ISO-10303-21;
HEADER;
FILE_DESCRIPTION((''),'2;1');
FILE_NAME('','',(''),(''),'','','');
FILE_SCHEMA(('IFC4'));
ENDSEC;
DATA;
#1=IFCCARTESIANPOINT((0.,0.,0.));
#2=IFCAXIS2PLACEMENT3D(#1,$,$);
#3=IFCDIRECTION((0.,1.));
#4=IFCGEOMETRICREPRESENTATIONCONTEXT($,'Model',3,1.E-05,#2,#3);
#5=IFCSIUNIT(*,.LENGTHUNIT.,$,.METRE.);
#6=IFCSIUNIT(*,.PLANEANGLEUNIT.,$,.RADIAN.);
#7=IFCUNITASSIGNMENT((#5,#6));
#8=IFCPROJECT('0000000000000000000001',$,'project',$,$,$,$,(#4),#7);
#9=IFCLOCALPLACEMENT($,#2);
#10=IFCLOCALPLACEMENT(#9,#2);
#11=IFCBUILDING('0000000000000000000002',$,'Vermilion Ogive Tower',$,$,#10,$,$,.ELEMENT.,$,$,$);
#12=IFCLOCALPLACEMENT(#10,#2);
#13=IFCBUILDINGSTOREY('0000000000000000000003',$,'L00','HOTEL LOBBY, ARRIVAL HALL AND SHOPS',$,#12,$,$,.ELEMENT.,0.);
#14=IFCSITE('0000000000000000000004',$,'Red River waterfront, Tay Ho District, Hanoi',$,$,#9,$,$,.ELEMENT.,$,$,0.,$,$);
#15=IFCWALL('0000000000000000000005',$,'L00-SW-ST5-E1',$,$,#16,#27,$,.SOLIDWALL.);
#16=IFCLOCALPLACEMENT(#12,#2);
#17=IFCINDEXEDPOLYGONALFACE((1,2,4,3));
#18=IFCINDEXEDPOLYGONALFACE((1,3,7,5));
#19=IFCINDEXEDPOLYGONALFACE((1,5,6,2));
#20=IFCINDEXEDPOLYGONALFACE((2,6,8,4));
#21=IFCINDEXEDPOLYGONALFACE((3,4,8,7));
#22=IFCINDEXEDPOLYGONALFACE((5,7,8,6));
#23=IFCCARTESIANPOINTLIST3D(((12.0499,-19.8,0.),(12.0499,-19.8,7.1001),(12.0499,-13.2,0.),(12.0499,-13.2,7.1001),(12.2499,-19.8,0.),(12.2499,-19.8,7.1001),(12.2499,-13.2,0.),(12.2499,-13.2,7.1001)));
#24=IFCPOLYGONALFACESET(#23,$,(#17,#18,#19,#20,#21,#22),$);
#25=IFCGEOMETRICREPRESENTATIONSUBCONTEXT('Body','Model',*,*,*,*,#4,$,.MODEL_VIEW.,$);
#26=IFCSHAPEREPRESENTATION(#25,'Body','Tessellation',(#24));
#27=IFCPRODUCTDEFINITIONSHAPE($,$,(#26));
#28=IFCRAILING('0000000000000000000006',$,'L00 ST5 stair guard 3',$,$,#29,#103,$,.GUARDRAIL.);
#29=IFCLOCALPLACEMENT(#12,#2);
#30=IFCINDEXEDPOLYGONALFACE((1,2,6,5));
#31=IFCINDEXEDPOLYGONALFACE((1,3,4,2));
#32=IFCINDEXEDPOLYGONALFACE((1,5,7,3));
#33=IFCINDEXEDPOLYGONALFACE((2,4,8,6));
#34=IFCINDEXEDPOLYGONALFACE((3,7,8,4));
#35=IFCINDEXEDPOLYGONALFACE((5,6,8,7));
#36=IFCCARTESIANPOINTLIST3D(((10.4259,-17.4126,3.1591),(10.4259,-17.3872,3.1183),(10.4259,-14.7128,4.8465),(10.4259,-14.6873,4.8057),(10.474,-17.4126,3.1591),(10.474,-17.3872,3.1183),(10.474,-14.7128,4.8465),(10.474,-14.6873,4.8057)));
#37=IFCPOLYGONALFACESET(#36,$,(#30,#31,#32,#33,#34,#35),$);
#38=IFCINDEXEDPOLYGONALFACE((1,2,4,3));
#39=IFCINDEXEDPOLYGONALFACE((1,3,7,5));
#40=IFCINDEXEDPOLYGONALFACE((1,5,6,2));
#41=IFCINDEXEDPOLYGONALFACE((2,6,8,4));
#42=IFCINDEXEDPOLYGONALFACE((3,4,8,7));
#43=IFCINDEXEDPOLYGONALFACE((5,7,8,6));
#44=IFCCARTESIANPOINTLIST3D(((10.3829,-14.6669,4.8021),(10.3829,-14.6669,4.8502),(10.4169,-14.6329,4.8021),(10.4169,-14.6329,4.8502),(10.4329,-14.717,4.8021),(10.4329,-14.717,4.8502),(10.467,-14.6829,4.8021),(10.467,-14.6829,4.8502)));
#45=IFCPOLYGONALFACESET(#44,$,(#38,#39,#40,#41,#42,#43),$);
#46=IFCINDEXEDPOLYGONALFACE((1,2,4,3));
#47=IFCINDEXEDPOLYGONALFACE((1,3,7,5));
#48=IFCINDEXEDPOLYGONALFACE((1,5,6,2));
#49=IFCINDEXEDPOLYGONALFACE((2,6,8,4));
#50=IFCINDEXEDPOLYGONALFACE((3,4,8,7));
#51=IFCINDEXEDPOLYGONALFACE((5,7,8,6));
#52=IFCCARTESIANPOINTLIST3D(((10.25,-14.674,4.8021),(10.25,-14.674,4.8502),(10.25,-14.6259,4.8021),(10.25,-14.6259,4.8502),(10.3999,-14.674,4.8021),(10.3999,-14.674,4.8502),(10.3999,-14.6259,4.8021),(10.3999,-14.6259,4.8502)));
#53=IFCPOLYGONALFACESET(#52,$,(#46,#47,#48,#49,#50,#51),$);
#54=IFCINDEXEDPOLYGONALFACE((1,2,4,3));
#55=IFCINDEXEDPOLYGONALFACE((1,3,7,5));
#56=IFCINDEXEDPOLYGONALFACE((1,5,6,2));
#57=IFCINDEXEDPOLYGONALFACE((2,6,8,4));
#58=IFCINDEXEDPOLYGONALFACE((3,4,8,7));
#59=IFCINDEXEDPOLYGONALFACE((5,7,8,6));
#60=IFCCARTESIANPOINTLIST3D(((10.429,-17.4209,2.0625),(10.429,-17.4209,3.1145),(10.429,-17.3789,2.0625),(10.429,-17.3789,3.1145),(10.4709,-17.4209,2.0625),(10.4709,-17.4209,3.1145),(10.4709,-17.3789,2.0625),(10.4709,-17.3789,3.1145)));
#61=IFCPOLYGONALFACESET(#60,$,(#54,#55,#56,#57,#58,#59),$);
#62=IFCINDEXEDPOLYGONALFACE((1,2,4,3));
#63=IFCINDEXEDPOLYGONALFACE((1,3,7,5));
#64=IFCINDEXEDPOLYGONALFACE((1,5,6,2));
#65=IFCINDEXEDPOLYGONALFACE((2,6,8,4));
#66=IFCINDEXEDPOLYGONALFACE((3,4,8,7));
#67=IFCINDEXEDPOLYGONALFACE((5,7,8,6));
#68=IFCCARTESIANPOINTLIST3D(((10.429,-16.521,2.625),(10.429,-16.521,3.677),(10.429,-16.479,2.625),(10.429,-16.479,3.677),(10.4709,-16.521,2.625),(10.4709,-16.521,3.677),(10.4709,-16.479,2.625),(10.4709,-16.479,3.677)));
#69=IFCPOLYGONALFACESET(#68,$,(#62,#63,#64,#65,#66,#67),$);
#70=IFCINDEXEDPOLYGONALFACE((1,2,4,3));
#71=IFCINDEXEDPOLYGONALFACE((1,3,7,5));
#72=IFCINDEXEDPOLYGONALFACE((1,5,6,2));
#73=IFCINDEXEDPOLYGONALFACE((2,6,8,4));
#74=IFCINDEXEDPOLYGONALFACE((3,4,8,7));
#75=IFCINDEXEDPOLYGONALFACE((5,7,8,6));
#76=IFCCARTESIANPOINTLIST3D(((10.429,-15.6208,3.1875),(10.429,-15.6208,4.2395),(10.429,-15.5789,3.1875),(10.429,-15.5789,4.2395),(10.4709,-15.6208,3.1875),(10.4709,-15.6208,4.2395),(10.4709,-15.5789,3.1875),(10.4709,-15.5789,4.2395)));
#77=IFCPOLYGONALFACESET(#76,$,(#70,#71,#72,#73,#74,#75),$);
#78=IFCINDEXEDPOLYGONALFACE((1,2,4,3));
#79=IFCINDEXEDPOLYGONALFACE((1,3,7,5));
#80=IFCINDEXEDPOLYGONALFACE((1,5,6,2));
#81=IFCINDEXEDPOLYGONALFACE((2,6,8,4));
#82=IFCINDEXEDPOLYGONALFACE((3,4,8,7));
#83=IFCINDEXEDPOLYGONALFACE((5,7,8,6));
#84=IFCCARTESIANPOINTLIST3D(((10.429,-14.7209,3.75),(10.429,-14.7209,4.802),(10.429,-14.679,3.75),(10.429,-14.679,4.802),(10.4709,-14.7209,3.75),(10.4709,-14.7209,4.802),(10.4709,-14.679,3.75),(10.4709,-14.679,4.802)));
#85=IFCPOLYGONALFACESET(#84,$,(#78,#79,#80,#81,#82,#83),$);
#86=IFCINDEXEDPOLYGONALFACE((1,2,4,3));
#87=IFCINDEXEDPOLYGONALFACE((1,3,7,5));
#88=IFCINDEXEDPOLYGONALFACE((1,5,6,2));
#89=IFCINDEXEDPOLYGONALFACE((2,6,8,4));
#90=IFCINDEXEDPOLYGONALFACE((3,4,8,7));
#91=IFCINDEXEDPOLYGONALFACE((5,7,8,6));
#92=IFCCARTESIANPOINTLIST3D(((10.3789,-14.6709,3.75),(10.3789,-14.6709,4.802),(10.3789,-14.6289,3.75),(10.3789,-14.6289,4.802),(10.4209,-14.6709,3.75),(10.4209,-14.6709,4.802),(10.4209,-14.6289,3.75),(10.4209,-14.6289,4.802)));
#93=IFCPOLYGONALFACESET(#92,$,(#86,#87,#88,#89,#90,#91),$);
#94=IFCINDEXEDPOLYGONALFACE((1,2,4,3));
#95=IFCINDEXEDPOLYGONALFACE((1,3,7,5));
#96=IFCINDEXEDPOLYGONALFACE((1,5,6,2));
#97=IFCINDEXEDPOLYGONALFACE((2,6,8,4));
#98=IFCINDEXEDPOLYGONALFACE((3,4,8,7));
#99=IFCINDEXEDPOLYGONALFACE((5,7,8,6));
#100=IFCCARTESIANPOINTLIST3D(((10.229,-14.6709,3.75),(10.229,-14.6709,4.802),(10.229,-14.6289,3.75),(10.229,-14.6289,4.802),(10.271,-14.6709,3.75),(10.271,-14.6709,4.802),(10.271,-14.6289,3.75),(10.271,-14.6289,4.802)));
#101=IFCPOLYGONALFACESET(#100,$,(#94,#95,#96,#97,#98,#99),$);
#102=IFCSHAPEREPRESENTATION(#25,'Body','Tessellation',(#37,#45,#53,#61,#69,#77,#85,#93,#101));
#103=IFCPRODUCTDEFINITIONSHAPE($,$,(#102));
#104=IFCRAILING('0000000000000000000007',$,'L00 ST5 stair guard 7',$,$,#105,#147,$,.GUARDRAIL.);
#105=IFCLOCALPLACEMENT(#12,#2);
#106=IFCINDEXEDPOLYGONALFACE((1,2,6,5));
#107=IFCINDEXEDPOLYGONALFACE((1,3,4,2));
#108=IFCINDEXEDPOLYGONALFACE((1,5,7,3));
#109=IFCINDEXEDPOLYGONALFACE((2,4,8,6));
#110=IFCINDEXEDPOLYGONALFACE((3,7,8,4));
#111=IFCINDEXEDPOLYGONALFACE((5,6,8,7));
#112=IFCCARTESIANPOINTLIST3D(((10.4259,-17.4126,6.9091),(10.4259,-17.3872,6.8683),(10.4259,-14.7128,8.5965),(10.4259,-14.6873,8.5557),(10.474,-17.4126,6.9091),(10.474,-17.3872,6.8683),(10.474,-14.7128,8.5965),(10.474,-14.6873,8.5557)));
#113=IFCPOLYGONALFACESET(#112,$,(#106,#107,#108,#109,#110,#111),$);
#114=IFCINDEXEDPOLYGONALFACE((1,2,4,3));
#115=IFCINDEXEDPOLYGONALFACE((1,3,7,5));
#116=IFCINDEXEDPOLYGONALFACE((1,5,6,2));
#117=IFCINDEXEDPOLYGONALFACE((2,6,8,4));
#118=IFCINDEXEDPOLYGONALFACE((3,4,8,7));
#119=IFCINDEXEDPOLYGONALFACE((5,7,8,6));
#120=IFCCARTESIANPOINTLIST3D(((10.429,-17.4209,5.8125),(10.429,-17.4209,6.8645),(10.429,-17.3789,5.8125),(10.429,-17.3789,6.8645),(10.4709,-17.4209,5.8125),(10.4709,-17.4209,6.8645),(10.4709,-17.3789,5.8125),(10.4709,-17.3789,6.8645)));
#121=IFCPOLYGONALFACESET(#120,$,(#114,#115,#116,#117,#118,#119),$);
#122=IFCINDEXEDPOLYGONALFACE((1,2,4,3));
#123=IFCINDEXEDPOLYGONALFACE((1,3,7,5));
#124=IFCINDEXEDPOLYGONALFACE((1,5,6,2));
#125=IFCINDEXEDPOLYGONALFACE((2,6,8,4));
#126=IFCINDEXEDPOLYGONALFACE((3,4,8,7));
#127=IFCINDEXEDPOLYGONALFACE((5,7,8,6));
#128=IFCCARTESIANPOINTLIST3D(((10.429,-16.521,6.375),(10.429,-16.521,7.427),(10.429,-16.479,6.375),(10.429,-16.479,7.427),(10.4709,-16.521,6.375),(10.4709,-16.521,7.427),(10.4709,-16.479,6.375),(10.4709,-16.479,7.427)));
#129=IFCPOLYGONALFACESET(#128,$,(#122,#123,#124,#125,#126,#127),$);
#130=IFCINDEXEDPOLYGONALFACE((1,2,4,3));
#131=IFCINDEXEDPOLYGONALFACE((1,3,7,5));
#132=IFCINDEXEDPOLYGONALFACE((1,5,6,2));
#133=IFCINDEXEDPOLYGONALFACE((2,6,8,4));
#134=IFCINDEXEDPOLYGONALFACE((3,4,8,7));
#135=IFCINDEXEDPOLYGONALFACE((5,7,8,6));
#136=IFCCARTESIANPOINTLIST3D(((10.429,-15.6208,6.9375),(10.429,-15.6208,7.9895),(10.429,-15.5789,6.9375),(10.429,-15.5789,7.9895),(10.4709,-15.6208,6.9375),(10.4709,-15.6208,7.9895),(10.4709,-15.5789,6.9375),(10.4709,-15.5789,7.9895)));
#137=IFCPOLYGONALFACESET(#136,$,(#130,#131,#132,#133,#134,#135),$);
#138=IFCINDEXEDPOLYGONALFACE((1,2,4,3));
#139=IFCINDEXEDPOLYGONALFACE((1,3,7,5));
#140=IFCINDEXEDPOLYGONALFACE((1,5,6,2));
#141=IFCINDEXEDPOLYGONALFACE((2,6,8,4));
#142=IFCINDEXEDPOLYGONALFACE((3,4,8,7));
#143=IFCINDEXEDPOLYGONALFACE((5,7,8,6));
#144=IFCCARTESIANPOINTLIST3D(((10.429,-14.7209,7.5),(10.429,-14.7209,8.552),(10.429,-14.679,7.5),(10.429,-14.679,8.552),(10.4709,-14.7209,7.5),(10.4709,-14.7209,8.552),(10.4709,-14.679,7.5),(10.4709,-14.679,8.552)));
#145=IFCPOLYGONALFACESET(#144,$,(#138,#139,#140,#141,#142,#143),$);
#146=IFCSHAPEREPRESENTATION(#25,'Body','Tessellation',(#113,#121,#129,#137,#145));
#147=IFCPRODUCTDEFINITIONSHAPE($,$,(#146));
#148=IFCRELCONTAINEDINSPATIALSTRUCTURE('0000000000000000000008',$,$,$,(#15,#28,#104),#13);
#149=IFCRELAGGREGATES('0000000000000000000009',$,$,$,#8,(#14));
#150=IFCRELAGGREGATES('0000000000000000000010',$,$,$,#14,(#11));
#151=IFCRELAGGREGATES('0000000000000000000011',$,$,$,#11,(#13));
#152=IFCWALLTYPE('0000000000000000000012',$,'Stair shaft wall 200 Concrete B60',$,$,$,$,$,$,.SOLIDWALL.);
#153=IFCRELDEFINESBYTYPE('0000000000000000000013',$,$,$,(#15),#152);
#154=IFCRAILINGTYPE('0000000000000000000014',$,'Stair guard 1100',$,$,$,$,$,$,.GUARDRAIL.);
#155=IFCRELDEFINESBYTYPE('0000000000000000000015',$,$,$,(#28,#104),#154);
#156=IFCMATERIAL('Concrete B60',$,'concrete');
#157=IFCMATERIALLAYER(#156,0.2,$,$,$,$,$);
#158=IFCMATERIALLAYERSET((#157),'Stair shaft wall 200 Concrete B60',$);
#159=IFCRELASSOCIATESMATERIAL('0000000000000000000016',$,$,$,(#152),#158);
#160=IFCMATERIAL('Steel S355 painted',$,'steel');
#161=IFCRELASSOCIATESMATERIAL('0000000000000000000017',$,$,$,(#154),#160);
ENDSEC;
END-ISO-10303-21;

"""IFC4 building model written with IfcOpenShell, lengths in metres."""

from ifc_helpers import new_model, si_unit, direction, frame, frame_2d, origin, origin_2d, place, context, subcontext, project, spatial, rectangle, extrude, material, layer, layer_set, type_object, element, save


model = new_model("IFC4")

# Units and contexts
model_context = context("Model", 3, precision=1e-05, world=origin(), true_north=direction((0.0, 1.0)))
body_context = subcontext(model_context, "Body", "Model", "MODEL_VIEW")
ifc_project = project(units=[si_unit("LENGTHUNIT", "METRE"), si_unit("PLANEANGLEUNIT", "RADIAN")], contexts=[model_context])

# Site, building, storey
site_placement = place(None, origin())
site = spatial("IfcSite", under=ifc_project, at=site_placement, Name="Red River waterfront, Tay Ho District, Hanoi", CompositionType="ELEMENT", RefElevation=0.0)
building_placement = place(site_placement, origin())
building = spatial("IfcBuilding", under=site, at=building_placement, Name="Vermilion Ogive Tower", CompositionType="ELEMENT")
storey_placement = place(building_placement, origin())
storey = spatial("IfcBuildingStorey", under=building, at=storey_placement, Name="L00", Description="HOTEL LOBBY, ARRIVAL HALL AND SHOPS", CompositionType="ELEMENT", Elevation=0.0)

# Shared definitions
ifc_material_1 = material(Name="Concrete B60", Category="concrete")
ifc_layer_1 = layer(ifc_material_1, 0.2)
ifc_layer_set_1 = layer_set([ifc_layer_1], Name="Stair shaft wall 200 Concrete B60")
wall_type_1 = type_object("IfcWallType", Name="Stair shaft wall 200 Concrete B60", PredefinedType="SOLIDWALL", material=ifc_layer_set_1)

# Wall
wall_1_placement = place(storey_placement, frame((12.1499, -19.8, 0.0), z_axis=(0.0, 0.0, 1.0), x_axis=(0.0, 1.0, 0.0)))
element("IfcWall", 1, at=wall_1_placement, inside=storey, type_object=wall_type_1, Name="L00-SW-ST5-E1", PredefinedType="SOLIDWALL", context=body_context, shape_type="SweptSolid", body=[
    extrude(rectangle(XDim=6.6001, YDim=0.2, at=frame_2d((3.3, 0.0))), origin(), (0.0, 0.0, 1.0), 7.1001),
])

# Railings
ifc_material_2 = material(Name="Steel S355 painted", Category="steel")
railing_type = type_object("IfcRailingType", Name="Stair guard 1100", PredefinedType="GUARDRAIL", material=ifc_material_2)
railing_1_placement = place(storey_placement, frame((10.45, -17.3999, 2.0625)))
element("IfcRailing", 2, at=railing_1_placement, inside=storey, type_object=railing_type, Name="L00 ST5 stair guard 3", PredefinedType="GUARDRAIL", context=body_context, shape_type="SweptSolid", body=[
    extrude(rectangle(XDim=0.0481, YDim=0.0481, at=origin_2d()), frame((0.0, 0.0, 1.0762), z_axis=(0.0, 0.847994, 0.530006), x_axis=(-1.0, 0.0, 0.0)), (0.0, 0.0, 1.0), 3.1838),
    extrude(rectangle(XDim=0.0481, YDim=0.0481, at=origin_2d()), frame((0.0, 2.7, 2.7637), z_axis=(-0.707107, 0.707107, 0.0), x_axis=(-0.707107, -0.707107, 0.0)), (0.0, 0.0, 1.0), 0.0708),
    extrude(rectangle(XDim=0.0481, YDim=0.0481, at=origin_2d()), frame((-0.05, 2.75, 2.7637), z_axis=(-1.0, 0.0, 0.0), x_axis=(0.0, -1.0, 0.0)), (0.0, 0.0, 1.0), 0.1499),
    extrude(rectangle(XDim=0.042, YDim=0.042, at=origin_2d()), origin(), (0.0, 0.0, 1.0), 1.052),
    extrude(rectangle(XDim=0.042, YDim=0.042, at=origin_2d()), frame((0.0, 0.8999, 0.5625)), (0.0, 0.0, 1.0), 1.052),
    extrude(rectangle(XDim=0.042, YDim=0.042, at=origin_2d()), frame((0.0, 1.8, 1.125)), (0.0, 0.0, 1.0), 1.052),
    extrude(rectangle(XDim=0.042, YDim=0.042, at=origin_2d()), frame((0.0, 2.7, 1.6875)), (0.0, 0.0, 1.0), 1.052),
    extrude(rectangle(XDim=0.042, YDim=0.042, at=origin_2d()), frame((-0.05, 2.75, 1.6875)), (0.0, 0.0, 1.0), 1.052),
    extrude(rectangle(XDim=0.042, YDim=0.042, at=origin_2d()), frame((-0.2, 2.75, 1.6875)), (0.0, 0.0, 1.0), 1.052),
])
railing_2_placement = place(storey_placement, frame((10.45, -17.3999, 5.8125)))
element("IfcRailing", 3, at=railing_2_placement, inside=storey, type_object=railing_type, Name="L00 ST5 stair guard 7", PredefinedType="GUARDRAIL", context=body_context, shape_type="SweptSolid", body=[
    extrude(rectangle(XDim=0.0481, YDim=0.0481, at=origin_2d()), frame((0.0, 0.0, 1.0762), z_axis=(0.0, 0.847994, 0.530006), x_axis=(-1.0, 0.0, 0.0)), (0.0, 0.0, 1.0), 3.1838),
    extrude(rectangle(XDim=0.042, YDim=0.042, at=origin_2d()), origin(), (0.0, 0.0, 1.0), 1.052),
    extrude(rectangle(XDim=0.042, YDim=0.042, at=origin_2d()), frame((0.0, 0.8999, 0.5625)), (0.0, 0.0, 1.0), 1.052),
    extrude(rectangle(XDim=0.042, YDim=0.042, at=origin_2d()), frame((0.0, 1.8, 1.125)), (0.0, 0.0, 1.0), 1.052),
    extrude(rectangle(XDim=0.042, YDim=0.042, at=origin_2d()), frame((0.0, 2.7, 1.6875)), (0.0, 0.0, 1.0), 1.052),
])

save(model, "model.ifc")
